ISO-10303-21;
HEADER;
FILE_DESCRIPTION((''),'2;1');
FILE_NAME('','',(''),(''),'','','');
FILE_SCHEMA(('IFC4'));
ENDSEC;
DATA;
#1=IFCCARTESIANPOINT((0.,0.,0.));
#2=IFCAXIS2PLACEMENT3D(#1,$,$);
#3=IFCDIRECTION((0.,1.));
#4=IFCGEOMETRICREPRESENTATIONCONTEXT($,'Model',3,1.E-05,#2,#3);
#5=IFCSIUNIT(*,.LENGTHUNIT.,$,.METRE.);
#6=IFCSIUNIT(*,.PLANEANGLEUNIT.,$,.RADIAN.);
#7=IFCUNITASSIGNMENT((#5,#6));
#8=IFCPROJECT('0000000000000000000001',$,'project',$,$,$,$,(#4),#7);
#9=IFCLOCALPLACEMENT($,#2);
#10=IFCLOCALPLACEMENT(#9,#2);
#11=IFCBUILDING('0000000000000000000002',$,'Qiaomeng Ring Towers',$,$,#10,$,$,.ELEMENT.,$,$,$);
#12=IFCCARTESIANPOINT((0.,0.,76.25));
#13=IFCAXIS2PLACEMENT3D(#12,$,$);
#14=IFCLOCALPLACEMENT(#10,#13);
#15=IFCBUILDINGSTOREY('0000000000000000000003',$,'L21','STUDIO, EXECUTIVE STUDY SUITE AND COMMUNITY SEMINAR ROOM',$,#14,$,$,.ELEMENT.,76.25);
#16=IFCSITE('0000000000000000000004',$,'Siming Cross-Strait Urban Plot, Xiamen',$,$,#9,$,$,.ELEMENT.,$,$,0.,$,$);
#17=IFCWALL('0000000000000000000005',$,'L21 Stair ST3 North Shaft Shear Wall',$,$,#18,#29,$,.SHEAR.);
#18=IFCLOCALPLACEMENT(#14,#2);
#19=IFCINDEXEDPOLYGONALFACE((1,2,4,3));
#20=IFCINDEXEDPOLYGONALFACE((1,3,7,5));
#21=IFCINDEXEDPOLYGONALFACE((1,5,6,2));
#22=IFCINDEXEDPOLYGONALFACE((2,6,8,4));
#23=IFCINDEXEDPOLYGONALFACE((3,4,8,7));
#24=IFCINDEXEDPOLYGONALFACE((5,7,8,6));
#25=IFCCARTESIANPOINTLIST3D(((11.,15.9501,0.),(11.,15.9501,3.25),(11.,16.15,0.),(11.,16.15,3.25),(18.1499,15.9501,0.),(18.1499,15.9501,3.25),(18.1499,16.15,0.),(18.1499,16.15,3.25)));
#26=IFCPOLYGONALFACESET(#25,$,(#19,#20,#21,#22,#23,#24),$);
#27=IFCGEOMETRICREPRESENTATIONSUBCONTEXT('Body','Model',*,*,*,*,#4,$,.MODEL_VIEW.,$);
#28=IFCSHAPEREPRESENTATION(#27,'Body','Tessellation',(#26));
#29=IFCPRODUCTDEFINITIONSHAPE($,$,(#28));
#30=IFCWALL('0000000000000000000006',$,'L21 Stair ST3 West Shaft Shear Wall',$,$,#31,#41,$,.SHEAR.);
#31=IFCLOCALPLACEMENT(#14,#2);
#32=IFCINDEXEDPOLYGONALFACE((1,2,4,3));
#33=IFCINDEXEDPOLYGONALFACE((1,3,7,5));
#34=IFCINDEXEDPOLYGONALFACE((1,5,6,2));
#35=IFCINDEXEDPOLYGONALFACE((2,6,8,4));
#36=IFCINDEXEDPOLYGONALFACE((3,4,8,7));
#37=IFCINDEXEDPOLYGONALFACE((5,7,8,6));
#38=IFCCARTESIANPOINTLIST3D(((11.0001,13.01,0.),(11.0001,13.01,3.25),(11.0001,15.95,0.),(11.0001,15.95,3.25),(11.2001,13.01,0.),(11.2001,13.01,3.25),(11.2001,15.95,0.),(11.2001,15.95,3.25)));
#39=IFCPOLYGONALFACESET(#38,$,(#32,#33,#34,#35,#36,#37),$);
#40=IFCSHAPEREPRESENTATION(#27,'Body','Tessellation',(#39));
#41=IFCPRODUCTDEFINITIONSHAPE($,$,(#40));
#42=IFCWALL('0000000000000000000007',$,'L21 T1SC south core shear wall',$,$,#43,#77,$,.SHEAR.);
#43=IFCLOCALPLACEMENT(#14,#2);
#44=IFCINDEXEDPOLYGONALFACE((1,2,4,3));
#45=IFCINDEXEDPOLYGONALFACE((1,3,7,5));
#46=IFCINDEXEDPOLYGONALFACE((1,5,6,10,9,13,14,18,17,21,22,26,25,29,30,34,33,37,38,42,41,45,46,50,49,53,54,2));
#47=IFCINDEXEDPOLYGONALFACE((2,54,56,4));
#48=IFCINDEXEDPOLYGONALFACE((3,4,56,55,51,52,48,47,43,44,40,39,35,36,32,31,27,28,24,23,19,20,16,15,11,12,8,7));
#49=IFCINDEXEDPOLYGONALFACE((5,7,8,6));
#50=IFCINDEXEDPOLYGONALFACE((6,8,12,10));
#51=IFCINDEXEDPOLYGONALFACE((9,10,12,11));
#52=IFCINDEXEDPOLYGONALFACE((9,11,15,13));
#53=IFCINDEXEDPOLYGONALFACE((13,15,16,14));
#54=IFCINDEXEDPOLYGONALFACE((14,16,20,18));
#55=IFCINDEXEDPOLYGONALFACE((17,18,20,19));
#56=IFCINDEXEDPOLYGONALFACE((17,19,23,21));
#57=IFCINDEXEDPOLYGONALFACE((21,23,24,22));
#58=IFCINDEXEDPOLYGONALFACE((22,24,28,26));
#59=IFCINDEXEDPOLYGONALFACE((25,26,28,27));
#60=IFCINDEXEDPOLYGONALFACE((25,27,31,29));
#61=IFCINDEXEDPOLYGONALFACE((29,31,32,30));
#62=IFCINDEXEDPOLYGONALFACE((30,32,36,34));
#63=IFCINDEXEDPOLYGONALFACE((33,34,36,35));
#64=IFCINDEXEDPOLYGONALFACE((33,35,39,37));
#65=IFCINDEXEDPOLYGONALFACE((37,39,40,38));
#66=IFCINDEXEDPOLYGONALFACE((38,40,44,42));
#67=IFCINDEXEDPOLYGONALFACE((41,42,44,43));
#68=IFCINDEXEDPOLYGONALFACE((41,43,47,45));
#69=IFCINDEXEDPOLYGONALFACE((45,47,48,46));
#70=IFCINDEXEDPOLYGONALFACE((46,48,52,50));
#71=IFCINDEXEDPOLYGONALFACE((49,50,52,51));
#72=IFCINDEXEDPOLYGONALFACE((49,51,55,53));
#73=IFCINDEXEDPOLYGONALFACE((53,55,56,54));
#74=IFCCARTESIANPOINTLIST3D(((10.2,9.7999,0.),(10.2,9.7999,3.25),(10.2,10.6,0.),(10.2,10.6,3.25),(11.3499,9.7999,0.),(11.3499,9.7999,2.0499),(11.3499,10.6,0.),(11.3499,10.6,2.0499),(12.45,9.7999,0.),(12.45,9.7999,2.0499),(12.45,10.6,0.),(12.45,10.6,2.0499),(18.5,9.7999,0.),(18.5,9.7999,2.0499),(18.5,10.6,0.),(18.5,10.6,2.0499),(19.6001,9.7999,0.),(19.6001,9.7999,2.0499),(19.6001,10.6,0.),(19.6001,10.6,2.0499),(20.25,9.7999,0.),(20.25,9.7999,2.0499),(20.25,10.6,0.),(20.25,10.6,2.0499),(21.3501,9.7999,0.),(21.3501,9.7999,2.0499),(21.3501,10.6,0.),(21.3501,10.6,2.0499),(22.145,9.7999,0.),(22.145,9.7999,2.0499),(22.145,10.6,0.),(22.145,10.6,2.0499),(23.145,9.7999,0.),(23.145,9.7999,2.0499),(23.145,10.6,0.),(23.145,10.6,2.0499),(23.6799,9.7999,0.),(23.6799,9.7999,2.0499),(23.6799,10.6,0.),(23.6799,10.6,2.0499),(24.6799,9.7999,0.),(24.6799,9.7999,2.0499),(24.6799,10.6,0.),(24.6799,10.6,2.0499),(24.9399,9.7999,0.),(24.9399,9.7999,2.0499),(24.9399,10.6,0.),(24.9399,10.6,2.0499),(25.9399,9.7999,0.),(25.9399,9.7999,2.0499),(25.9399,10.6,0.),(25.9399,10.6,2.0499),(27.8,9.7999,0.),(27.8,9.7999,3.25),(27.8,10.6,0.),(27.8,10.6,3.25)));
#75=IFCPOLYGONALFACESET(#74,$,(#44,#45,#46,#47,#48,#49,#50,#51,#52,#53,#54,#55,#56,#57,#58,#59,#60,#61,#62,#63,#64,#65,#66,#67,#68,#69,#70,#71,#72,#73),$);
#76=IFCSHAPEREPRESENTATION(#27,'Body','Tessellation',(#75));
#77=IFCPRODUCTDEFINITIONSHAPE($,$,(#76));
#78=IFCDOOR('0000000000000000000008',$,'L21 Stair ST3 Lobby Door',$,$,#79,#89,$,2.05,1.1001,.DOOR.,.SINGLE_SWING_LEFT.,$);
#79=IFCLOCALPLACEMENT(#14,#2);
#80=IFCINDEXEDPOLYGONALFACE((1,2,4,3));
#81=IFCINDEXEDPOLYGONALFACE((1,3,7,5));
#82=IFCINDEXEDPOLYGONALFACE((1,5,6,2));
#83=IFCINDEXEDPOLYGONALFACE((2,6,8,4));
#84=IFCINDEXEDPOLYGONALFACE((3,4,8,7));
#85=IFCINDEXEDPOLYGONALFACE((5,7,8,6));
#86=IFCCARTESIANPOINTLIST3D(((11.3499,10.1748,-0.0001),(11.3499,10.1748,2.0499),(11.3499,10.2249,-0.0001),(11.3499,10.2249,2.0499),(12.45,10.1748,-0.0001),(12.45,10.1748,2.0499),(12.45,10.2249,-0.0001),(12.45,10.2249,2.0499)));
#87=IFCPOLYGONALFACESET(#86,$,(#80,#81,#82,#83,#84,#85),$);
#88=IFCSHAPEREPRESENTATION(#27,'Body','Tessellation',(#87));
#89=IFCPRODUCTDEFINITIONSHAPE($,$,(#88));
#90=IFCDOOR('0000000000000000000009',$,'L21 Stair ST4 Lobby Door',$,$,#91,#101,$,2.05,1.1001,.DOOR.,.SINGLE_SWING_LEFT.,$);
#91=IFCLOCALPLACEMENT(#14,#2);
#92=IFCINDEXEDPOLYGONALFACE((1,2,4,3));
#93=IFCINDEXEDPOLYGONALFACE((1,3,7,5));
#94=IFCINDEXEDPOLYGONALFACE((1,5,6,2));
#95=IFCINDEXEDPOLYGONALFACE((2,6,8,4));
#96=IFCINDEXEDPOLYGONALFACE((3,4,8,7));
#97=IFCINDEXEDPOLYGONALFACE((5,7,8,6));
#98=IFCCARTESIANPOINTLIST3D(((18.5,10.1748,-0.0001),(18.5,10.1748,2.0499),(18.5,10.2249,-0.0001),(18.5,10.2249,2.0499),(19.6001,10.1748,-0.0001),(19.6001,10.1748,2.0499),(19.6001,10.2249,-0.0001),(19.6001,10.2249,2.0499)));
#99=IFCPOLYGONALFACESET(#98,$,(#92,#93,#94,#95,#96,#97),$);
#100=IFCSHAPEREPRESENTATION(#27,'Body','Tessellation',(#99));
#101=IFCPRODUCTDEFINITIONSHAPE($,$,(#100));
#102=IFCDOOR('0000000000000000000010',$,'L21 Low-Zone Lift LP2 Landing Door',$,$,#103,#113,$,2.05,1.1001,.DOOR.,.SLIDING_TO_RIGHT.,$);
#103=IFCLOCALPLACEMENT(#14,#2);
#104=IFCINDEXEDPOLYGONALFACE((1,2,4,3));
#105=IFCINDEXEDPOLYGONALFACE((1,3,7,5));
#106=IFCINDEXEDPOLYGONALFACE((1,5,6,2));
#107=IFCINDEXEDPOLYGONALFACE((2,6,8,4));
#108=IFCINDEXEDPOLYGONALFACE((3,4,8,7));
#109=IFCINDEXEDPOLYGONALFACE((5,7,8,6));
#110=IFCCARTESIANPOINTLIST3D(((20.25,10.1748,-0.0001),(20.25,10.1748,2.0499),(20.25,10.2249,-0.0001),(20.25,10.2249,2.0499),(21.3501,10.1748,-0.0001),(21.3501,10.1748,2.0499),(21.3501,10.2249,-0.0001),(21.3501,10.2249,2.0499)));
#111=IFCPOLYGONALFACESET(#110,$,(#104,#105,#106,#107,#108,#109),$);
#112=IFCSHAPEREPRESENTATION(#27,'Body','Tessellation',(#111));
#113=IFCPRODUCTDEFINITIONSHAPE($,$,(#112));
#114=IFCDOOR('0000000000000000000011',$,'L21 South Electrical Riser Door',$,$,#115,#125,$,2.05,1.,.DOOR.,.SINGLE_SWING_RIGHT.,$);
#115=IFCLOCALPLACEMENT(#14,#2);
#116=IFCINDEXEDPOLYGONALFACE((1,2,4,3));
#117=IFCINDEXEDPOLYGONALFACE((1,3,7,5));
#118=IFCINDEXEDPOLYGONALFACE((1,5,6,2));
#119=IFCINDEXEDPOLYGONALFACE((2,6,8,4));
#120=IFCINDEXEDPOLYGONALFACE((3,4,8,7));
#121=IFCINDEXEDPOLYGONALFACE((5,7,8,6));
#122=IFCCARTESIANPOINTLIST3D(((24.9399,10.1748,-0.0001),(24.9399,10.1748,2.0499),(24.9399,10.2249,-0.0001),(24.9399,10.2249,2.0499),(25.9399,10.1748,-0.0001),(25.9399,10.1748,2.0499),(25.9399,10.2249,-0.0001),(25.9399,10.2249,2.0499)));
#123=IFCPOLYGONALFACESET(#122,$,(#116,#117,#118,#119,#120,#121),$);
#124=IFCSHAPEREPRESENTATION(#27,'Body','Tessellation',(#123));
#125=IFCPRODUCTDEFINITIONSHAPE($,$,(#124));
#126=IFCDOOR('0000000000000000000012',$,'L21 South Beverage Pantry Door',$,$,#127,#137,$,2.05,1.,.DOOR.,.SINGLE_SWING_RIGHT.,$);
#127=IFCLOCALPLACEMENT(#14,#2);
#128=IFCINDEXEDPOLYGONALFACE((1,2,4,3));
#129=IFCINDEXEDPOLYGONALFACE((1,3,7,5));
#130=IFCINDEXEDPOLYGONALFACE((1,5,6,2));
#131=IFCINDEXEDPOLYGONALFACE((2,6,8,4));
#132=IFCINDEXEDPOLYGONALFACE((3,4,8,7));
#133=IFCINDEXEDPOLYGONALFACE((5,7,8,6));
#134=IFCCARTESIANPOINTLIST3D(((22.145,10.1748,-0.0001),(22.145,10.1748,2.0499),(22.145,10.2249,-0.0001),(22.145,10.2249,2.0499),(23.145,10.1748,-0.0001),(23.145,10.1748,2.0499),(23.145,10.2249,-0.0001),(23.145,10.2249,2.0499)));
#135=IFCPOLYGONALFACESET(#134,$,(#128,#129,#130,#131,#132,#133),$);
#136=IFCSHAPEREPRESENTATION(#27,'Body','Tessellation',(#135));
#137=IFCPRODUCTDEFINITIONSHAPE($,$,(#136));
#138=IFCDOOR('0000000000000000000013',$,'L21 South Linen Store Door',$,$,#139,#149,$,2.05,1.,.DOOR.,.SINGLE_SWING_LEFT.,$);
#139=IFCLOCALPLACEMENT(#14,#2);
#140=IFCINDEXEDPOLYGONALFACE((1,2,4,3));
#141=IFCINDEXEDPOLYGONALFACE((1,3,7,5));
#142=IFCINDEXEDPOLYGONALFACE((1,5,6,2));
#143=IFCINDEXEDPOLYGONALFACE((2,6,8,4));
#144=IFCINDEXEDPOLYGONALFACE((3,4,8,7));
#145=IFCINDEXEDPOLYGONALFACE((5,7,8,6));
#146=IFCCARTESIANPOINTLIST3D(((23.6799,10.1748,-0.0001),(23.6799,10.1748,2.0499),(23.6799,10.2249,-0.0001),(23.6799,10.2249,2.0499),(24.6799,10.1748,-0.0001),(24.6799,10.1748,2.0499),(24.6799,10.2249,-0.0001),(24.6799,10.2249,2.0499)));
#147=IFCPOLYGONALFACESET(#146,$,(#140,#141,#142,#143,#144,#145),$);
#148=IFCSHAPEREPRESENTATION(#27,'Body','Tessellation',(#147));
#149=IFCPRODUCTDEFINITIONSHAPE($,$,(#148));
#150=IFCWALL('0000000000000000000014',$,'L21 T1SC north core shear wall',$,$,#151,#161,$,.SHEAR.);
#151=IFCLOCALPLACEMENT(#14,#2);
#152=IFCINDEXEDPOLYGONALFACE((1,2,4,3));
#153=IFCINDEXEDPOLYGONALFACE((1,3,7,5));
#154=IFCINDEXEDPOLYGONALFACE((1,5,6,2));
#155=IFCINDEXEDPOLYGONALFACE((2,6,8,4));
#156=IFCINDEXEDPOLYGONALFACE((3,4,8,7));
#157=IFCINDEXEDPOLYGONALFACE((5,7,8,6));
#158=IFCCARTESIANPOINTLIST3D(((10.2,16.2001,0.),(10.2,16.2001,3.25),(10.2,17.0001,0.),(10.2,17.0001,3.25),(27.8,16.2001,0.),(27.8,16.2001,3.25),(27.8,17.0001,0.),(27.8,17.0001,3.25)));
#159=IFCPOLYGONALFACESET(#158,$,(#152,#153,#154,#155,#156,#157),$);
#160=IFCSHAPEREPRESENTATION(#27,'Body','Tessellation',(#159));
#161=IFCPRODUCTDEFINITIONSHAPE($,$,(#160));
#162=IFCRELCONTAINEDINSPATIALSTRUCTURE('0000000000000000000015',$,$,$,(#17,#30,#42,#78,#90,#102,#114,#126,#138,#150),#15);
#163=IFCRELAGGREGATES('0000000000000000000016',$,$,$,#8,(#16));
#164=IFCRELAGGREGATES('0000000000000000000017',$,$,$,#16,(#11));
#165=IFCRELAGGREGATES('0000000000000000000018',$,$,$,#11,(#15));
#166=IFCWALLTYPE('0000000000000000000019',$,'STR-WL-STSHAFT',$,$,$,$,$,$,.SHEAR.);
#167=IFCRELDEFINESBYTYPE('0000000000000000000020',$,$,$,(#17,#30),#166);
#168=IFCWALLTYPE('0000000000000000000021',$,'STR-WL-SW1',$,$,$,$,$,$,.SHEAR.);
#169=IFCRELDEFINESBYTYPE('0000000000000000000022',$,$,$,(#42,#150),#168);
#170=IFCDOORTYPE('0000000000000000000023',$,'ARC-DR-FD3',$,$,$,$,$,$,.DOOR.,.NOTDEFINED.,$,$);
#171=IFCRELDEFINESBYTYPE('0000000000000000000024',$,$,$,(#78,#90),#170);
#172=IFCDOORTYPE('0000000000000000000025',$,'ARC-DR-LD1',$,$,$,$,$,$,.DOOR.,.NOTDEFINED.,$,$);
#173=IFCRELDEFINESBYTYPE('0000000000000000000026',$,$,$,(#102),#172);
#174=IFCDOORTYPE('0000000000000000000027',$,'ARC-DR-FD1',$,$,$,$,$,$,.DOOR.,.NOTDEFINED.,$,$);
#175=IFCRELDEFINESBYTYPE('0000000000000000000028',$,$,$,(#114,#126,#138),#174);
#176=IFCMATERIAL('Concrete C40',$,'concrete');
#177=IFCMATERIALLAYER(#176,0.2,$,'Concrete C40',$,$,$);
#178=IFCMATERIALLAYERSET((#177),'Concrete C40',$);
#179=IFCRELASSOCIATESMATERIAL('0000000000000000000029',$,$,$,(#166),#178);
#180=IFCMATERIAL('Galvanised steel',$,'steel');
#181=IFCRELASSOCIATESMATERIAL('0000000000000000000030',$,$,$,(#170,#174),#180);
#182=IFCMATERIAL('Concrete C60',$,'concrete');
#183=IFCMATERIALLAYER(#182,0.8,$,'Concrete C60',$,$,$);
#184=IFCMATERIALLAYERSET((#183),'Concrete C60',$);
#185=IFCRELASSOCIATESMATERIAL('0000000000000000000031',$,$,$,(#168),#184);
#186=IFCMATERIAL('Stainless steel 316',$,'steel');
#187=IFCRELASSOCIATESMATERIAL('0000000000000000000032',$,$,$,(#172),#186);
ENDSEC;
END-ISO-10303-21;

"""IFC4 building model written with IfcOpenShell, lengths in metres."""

from ifc_helpers import new_model, si_unit, direction, frame, frame_2d, origin, place, context, subcontext, project, spatial, rectangle, extrude, source, transform, mapped, material, layer, layer_set, type_object, element, fill, save


model = new_model("IFC4")

# Units and contexts
model_context = context("Model", 3, precision=1e-05, world=origin(), true_north=direction((0.0, 1.0)))
body_context = subcontext(model_context, "Body", "Model", "MODEL_VIEW")
ifc_project = project(units=[si_unit("LENGTHUNIT", "METRE"), si_unit("PLANEANGLEUNIT", "RADIAN")], contexts=[model_context])

# Site, building, storey
site_placement = place(None, origin())
site = spatial("IfcSite", under=ifc_project, at=site_placement, Name="Siming Cross-Strait Urban Plot, Xiamen", CompositionType="ELEMENT", RefElevation=0.0)
building_placement = place(site_placement, origin())
building = spatial("IfcBuilding", under=site, at=building_placement, Name="Qiaomeng Ring Towers", CompositionType="ELEMENT")
storey_placement = place(building_placement, frame((0.0, 0.0, 76.25)))
storey = spatial("IfcBuildingStorey", under=building, at=storey_placement, Name="L21", Description="STUDIO, EXECUTIVE STUDY SUITE AND COMMUNITY SEMINAR ROOM", CompositionType="ELEMENT", Elevation=76.25)

# Shared definitions
shared_shape_1 = source(origin(), body_context, "Body", "SweptSolid", [
    extrude(rectangle(XDim=1.0, YDim=2.05, at=frame_2d((0.5, 1.0249))), frame((0.0, 0.0249, 0.0), z_axis=(0.0, -1.0, 0.0), x_axis=(1.0, 0.0, 0.0)), (0.0, 0.0, 1.0), 0.05),
])

# Shared definitions
ifc_material_1 = material(Name="Concrete C40", Category="concrete")
ifc_layer_1 = layer(ifc_material_1, 0.2, Name="Concrete C40")
ifc_layer_set_1 = layer_set([ifc_layer_1], Name="Concrete C40")
wall_type_1 = type_object("IfcWallType", Name="STR-WL-STSHAFT", PredefinedType="SHEAR", material=ifc_layer_set_1)
ifc_material_2 = material(Name="Galvanised steel", Category="steel")
door_type_1 = type_object("IfcDoorType", Name="ARC-DR-FD3", OperationType="NOTDEFINED", PredefinedType="DOOR", material=ifc_material_2)
shared_shape_2 = source(origin(), body_context, "Body", "SweptSolid", [
    extrude(rectangle(XDim=1.1001, YDim=2.05, at=frame_2d((0.55, 1.0249))), frame((0.0, 0.0249, 0.0), z_axis=(0.0, -1.0, 0.0), x_axis=(1.0, 0.0, 0.0)), (0.0, 0.0, 1.0), 0.05),
])

# Walls
wall_1_placement = place(storey_placement, frame((11.0, 16.05, 0.0), z_axis=(0.0, 0.0, 1.0), x_axis=(1.0, 0.0, 0.0)))
element("IfcWall", 1, at=wall_1_placement, inside=storey, type_object=wall_type_1, Name="L21 Stair ST3 North Shaft Shear Wall", PredefinedType="SHEAR", context=body_context, shape_type="SweptSolid", body=[
    extrude(rectangle(XDim=7.1499, YDim=0.2, at=frame_2d((3.575, 0.0))), origin(), (0.0, 0.0, 1.0), 3.25),
])
wall_2_placement = place(storey_placement, frame((11.1001, 13.01, 0.0), z_axis=(0.0, 0.0, 1.0), x_axis=(0.0, 1.0, 0.0)))
element("IfcWall", 2, at=wall_2_placement, inside=storey, type_object=wall_type_1, Name="L21 Stair ST3 West Shaft Shear Wall", PredefinedType="SHEAR", context=body_context, shape_type="SweptSolid", body=[
    extrude(rectangle(XDim=2.9399, YDim=0.2, at=frame_2d((1.47, 0.0))), origin(), (0.0, 0.0, 1.0), 3.25),
])

# Wall, openings, doors
ifc_material_3 = material(Name="Concrete C60", Category="concrete")
ifc_layer_2 = layer(ifc_material_3, 0.8, Name="Concrete C60")
ifc_layer_set_2 = layer_set([ifc_layer_2], Name="Concrete C60")
wall_type_2 = type_object("IfcWallType", Name="STR-WL-SW1", PredefinedType="SHEAR", material=ifc_layer_set_2)
wall_3_placement = place(storey_placement, frame((10.2, 10.2, 0.0), z_axis=(0.0, 0.0, 1.0), x_axis=(1.0, 0.0, 0.0)))
wall_3 = element("IfcWall", 3, at=wall_3_placement, inside=storey, type_object=wall_type_2, Name="L21 T1SC south core shear wall", PredefinedType="SHEAR", context=body_context, shape_type="SweptSolid", body=[
    extrude(rectangle(XDim=17.6001, YDim=0.8, at=frame_2d((8.8, 0.0))), origin(), (0.0, 0.0, 1.0), 3.25),
])
opening_1_placement = place(wall_3_placement, frame((1.1499, 0.0, 0.0)))
opening_1 = element("IfcOpeningElement", 4, at=opening_1_placement, cuts=wall_3, PredefinedType="OPENING", context=body_context, shape_type="SweptSolid", body=[
    extrude(rectangle(XDim=1.1001, YDim=2.05, at=frame_2d((0.55, 1.0249))), frame((0.0, 0.4099, 0.0), z_axis=(0.0, -1.0, 0.0), x_axis=(1.0, 0.0, 0.0)), (0.0, 0.0, 1.0), 0.8201),
])
opening_2_placement = place(wall_3_placement, frame((8.3, 0.0, 0.0)))
opening_2 = element("IfcOpeningElement", 5, at=opening_2_placement, cuts=wall_3, PredefinedType="OPENING", context=body_context, shape_type="SweptSolid", body=[
    extrude(rectangle(XDim=1.1001, YDim=2.05, at=frame_2d((0.55, 1.0249))), frame((0.0, 0.4099, 0.0), z_axis=(0.0, -1.0, 0.0), x_axis=(1.0, 0.0, 0.0)), (0.0, 0.0, 1.0), 0.8201),
])
opening_3_placement = place(wall_3_placement, frame((10.05, 0.0, 0.0)))
opening_3 = element("IfcOpeningElement", 6, at=opening_3_placement, cuts=wall_3, PredefinedType="OPENING", context=body_context, shape_type="SweptSolid", body=[
    extrude(rectangle(XDim=1.1001, YDim=2.05, at=frame_2d((0.55, 1.0249))), frame((0.0, 0.4099, 0.0), z_axis=(0.0, -1.0, 0.0), x_axis=(1.0, 0.0, 0.0)), (0.0, 0.0, 1.0), 0.8201),
])
opening_4_placement = place(wall_3_placement, frame((14.74, 0.0, 0.0)))
opening_4 = element("IfcOpeningElement", 7, at=opening_4_placement, cuts=wall_3, PredefinedType="OPENING", context=body_context, shape_type="SweptSolid", body=[
    extrude(rectangle(XDim=1.0, YDim=2.05, at=frame_2d((0.5, 1.0249))), frame((0.0, 0.4099, 0.0), z_axis=(0.0, -1.0, 0.0), x_axis=(1.0, 0.0, 0.0)), (0.0, 0.0, 1.0), 0.8201),
])
opening_5_placement = place(wall_3_placement, frame((11.9451, 0.0, 0.0)))
opening_5 = element("IfcOpeningElement", 8, at=opening_5_placement, cuts=wall_3, PredefinedType="OPENING", context=body_context, shape_type="SweptSolid", body=[
    extrude(rectangle(XDim=1.0, YDim=2.05, at=frame_2d((0.5, 1.0249))), frame((0.0, 0.4099, 0.0), z_axis=(0.0, -1.0, 0.0), x_axis=(1.0, 0.0, 0.0)), (0.0, 0.0, 1.0), 0.8201),
])
opening_6_placement = place(wall_3_placement, frame((13.48, 0.0, 0.0)))
opening_6 = element("IfcOpeningElement", 9, at=opening_6_placement, cuts=wall_3, PredefinedType="OPENING", context=body_context, shape_type="SweptSolid", body=[
    extrude(rectangle(XDim=1.0, YDim=2.05, at=frame_2d((0.5, 1.0249))), frame((0.0, 0.4099, 0.0), z_axis=(0.0, -1.0, 0.0), x_axis=(1.0, 0.0, 0.0)), (0.0, 0.0, 1.0), 0.8201),
])
door_1_placement = place(opening_1_placement, origin())
door_1 = element("IfcDoor", 10, at=door_1_placement, inside=storey, type_object=door_type_1, Name="L21 Stair ST3 Lobby Door", OperationType="SINGLE_SWING_LEFT", OverallHeight=2.05, OverallWidth=1.1001, PredefinedType="DOOR", context=body_context, shape_type="MappedRepresentation", body=[
    mapped(shared_shape_2, transform((0.0, 0.0, 0.0), x_axis=(1.0, 0.0, 0.0), y_axis=(0.0, 1.0, 0.0), z_axis=(0.0, 0.0, 1.0), scale=1.0)),
])
fill(opening_1, door_1)
door_2_placement = place(opening_2_placement, origin())
door_2 = element("IfcDoor", 11, at=door_2_placement, inside=storey, type_object=door_type_1, Name="L21 Stair ST4 Lobby Door", OperationType="SINGLE_SWING_LEFT", OverallHeight=2.05, OverallWidth=1.1001, PredefinedType="DOOR", context=body_context, shape_type="MappedRepresentation", body=[
    mapped(shared_shape_2, transform((0.0, 0.0, 0.0), x_axis=(1.0, 0.0, 0.0), y_axis=(0.0, 1.0, 0.0), z_axis=(0.0, 0.0, 1.0), scale=1.0)),
])
fill(opening_2, door_2)
ifc_material_4 = material(Name="Stainless steel 316", Category="steel")
door_type_2 = type_object("IfcDoorType", Name="ARC-DR-LD1", OperationType="NOTDEFINED", PredefinedType="DOOR", material=ifc_material_4)
door_3_placement = place(opening_3_placement, origin())
door_3 = element("IfcDoor", 12, at=door_3_placement, inside=storey, type_object=door_type_2, Name="L21 Low-Zone Lift LP2 Landing Door", OperationType="SLIDING_TO_RIGHT", OverallHeight=2.05, OverallWidth=1.1001, PredefinedType="DOOR", context=body_context, shape_type="MappedRepresentation", body=[
    mapped(shared_shape_2, transform((0.0, 0.0, 0.0), x_axis=(1.0, 0.0, 0.0), y_axis=(0.0, 1.0, 0.0), z_axis=(0.0, 0.0, 1.0), scale=1.0)),
])
fill(opening_3, door_3)
door_type_3 = type_object("IfcDoorType", Name="ARC-DR-FD1", OperationType="NOTDEFINED", PredefinedType="DOOR", material=ifc_material_2)
door_4_placement = place(opening_4_placement, origin())
door_4 = element("IfcDoor", 13, at=door_4_placement, inside=storey, type_object=door_type_3, Name="L21 South Electrical Riser Door", OperationType="SINGLE_SWING_RIGHT", OverallHeight=2.05, OverallWidth=1.0, PredefinedType="DOOR", context=body_context, shape_type="MappedRepresentation", body=[
    mapped(shared_shape_1, transform((0.0, 0.0, 0.0), x_axis=(1.0, 0.0, 0.0), y_axis=(0.0, 1.0, 0.0), z_axis=(0.0, 0.0, 1.0), scale=1.0)),
])
fill(opening_4, door_4)
door_5_placement = place(opening_5_placement, origin())
door_5 = element("IfcDoor", 14, at=door_5_placement, inside=storey, type_object=door_type_3, Name="L21 South Beverage Pantry Door", OperationType="SINGLE_SWING_RIGHT", OverallHeight=2.05, OverallWidth=1.0, PredefinedType="DOOR", context=body_context, shape_type="MappedRepresentation", body=[
    mapped(shared_shape_1, transform((0.0, 0.0, 0.0), x_axis=(1.0, 0.0, 0.0), y_axis=(0.0, 1.0, 0.0), z_axis=(0.0, 0.0, 1.0), scale=1.0)),
])
fill(opening_5, door_5)
door_6_placement = place(opening_6_placement, origin())
door_6 = element("IfcDoor", 15, at=door_6_placement, inside=storey, type_object=door_type_3, Name="L21 South Linen Store Door", OperationType="SINGLE_SWING_LEFT", OverallHeight=2.05, OverallWidth=1.0, PredefinedType="DOOR", context=body_context, shape_type="MappedRepresentation", body=[
    mapped(shared_shape_1, transform((0.0, 0.0, 0.0), x_axis=(1.0, 0.0, 0.0), y_axis=(0.0, 1.0, 0.0), z_axis=(0.0, 0.0, 1.0), scale=1.0)),
])
fill(opening_6, door_6)

# Wall
wall_4_placement = place(storey_placement, frame((10.2, 16.6001, 0.0), z_axis=(0.0, 0.0, 1.0), x_axis=(1.0, 0.0, 0.0)))
element("IfcWall", 16, at=wall_4_placement, inside=storey, type_object=wall_type_2, Name="L21 T1SC north core shear wall", PredefinedType="SHEAR", context=body_context, shape_type="SweptSolid", body=[
    extrude(rectangle(XDim=17.6001, YDim=0.8, at=frame_2d((8.8, 0.0))), origin(), (0.0, 0.0, 1.0), 3.25),
])

save(model, "model.ifc")
